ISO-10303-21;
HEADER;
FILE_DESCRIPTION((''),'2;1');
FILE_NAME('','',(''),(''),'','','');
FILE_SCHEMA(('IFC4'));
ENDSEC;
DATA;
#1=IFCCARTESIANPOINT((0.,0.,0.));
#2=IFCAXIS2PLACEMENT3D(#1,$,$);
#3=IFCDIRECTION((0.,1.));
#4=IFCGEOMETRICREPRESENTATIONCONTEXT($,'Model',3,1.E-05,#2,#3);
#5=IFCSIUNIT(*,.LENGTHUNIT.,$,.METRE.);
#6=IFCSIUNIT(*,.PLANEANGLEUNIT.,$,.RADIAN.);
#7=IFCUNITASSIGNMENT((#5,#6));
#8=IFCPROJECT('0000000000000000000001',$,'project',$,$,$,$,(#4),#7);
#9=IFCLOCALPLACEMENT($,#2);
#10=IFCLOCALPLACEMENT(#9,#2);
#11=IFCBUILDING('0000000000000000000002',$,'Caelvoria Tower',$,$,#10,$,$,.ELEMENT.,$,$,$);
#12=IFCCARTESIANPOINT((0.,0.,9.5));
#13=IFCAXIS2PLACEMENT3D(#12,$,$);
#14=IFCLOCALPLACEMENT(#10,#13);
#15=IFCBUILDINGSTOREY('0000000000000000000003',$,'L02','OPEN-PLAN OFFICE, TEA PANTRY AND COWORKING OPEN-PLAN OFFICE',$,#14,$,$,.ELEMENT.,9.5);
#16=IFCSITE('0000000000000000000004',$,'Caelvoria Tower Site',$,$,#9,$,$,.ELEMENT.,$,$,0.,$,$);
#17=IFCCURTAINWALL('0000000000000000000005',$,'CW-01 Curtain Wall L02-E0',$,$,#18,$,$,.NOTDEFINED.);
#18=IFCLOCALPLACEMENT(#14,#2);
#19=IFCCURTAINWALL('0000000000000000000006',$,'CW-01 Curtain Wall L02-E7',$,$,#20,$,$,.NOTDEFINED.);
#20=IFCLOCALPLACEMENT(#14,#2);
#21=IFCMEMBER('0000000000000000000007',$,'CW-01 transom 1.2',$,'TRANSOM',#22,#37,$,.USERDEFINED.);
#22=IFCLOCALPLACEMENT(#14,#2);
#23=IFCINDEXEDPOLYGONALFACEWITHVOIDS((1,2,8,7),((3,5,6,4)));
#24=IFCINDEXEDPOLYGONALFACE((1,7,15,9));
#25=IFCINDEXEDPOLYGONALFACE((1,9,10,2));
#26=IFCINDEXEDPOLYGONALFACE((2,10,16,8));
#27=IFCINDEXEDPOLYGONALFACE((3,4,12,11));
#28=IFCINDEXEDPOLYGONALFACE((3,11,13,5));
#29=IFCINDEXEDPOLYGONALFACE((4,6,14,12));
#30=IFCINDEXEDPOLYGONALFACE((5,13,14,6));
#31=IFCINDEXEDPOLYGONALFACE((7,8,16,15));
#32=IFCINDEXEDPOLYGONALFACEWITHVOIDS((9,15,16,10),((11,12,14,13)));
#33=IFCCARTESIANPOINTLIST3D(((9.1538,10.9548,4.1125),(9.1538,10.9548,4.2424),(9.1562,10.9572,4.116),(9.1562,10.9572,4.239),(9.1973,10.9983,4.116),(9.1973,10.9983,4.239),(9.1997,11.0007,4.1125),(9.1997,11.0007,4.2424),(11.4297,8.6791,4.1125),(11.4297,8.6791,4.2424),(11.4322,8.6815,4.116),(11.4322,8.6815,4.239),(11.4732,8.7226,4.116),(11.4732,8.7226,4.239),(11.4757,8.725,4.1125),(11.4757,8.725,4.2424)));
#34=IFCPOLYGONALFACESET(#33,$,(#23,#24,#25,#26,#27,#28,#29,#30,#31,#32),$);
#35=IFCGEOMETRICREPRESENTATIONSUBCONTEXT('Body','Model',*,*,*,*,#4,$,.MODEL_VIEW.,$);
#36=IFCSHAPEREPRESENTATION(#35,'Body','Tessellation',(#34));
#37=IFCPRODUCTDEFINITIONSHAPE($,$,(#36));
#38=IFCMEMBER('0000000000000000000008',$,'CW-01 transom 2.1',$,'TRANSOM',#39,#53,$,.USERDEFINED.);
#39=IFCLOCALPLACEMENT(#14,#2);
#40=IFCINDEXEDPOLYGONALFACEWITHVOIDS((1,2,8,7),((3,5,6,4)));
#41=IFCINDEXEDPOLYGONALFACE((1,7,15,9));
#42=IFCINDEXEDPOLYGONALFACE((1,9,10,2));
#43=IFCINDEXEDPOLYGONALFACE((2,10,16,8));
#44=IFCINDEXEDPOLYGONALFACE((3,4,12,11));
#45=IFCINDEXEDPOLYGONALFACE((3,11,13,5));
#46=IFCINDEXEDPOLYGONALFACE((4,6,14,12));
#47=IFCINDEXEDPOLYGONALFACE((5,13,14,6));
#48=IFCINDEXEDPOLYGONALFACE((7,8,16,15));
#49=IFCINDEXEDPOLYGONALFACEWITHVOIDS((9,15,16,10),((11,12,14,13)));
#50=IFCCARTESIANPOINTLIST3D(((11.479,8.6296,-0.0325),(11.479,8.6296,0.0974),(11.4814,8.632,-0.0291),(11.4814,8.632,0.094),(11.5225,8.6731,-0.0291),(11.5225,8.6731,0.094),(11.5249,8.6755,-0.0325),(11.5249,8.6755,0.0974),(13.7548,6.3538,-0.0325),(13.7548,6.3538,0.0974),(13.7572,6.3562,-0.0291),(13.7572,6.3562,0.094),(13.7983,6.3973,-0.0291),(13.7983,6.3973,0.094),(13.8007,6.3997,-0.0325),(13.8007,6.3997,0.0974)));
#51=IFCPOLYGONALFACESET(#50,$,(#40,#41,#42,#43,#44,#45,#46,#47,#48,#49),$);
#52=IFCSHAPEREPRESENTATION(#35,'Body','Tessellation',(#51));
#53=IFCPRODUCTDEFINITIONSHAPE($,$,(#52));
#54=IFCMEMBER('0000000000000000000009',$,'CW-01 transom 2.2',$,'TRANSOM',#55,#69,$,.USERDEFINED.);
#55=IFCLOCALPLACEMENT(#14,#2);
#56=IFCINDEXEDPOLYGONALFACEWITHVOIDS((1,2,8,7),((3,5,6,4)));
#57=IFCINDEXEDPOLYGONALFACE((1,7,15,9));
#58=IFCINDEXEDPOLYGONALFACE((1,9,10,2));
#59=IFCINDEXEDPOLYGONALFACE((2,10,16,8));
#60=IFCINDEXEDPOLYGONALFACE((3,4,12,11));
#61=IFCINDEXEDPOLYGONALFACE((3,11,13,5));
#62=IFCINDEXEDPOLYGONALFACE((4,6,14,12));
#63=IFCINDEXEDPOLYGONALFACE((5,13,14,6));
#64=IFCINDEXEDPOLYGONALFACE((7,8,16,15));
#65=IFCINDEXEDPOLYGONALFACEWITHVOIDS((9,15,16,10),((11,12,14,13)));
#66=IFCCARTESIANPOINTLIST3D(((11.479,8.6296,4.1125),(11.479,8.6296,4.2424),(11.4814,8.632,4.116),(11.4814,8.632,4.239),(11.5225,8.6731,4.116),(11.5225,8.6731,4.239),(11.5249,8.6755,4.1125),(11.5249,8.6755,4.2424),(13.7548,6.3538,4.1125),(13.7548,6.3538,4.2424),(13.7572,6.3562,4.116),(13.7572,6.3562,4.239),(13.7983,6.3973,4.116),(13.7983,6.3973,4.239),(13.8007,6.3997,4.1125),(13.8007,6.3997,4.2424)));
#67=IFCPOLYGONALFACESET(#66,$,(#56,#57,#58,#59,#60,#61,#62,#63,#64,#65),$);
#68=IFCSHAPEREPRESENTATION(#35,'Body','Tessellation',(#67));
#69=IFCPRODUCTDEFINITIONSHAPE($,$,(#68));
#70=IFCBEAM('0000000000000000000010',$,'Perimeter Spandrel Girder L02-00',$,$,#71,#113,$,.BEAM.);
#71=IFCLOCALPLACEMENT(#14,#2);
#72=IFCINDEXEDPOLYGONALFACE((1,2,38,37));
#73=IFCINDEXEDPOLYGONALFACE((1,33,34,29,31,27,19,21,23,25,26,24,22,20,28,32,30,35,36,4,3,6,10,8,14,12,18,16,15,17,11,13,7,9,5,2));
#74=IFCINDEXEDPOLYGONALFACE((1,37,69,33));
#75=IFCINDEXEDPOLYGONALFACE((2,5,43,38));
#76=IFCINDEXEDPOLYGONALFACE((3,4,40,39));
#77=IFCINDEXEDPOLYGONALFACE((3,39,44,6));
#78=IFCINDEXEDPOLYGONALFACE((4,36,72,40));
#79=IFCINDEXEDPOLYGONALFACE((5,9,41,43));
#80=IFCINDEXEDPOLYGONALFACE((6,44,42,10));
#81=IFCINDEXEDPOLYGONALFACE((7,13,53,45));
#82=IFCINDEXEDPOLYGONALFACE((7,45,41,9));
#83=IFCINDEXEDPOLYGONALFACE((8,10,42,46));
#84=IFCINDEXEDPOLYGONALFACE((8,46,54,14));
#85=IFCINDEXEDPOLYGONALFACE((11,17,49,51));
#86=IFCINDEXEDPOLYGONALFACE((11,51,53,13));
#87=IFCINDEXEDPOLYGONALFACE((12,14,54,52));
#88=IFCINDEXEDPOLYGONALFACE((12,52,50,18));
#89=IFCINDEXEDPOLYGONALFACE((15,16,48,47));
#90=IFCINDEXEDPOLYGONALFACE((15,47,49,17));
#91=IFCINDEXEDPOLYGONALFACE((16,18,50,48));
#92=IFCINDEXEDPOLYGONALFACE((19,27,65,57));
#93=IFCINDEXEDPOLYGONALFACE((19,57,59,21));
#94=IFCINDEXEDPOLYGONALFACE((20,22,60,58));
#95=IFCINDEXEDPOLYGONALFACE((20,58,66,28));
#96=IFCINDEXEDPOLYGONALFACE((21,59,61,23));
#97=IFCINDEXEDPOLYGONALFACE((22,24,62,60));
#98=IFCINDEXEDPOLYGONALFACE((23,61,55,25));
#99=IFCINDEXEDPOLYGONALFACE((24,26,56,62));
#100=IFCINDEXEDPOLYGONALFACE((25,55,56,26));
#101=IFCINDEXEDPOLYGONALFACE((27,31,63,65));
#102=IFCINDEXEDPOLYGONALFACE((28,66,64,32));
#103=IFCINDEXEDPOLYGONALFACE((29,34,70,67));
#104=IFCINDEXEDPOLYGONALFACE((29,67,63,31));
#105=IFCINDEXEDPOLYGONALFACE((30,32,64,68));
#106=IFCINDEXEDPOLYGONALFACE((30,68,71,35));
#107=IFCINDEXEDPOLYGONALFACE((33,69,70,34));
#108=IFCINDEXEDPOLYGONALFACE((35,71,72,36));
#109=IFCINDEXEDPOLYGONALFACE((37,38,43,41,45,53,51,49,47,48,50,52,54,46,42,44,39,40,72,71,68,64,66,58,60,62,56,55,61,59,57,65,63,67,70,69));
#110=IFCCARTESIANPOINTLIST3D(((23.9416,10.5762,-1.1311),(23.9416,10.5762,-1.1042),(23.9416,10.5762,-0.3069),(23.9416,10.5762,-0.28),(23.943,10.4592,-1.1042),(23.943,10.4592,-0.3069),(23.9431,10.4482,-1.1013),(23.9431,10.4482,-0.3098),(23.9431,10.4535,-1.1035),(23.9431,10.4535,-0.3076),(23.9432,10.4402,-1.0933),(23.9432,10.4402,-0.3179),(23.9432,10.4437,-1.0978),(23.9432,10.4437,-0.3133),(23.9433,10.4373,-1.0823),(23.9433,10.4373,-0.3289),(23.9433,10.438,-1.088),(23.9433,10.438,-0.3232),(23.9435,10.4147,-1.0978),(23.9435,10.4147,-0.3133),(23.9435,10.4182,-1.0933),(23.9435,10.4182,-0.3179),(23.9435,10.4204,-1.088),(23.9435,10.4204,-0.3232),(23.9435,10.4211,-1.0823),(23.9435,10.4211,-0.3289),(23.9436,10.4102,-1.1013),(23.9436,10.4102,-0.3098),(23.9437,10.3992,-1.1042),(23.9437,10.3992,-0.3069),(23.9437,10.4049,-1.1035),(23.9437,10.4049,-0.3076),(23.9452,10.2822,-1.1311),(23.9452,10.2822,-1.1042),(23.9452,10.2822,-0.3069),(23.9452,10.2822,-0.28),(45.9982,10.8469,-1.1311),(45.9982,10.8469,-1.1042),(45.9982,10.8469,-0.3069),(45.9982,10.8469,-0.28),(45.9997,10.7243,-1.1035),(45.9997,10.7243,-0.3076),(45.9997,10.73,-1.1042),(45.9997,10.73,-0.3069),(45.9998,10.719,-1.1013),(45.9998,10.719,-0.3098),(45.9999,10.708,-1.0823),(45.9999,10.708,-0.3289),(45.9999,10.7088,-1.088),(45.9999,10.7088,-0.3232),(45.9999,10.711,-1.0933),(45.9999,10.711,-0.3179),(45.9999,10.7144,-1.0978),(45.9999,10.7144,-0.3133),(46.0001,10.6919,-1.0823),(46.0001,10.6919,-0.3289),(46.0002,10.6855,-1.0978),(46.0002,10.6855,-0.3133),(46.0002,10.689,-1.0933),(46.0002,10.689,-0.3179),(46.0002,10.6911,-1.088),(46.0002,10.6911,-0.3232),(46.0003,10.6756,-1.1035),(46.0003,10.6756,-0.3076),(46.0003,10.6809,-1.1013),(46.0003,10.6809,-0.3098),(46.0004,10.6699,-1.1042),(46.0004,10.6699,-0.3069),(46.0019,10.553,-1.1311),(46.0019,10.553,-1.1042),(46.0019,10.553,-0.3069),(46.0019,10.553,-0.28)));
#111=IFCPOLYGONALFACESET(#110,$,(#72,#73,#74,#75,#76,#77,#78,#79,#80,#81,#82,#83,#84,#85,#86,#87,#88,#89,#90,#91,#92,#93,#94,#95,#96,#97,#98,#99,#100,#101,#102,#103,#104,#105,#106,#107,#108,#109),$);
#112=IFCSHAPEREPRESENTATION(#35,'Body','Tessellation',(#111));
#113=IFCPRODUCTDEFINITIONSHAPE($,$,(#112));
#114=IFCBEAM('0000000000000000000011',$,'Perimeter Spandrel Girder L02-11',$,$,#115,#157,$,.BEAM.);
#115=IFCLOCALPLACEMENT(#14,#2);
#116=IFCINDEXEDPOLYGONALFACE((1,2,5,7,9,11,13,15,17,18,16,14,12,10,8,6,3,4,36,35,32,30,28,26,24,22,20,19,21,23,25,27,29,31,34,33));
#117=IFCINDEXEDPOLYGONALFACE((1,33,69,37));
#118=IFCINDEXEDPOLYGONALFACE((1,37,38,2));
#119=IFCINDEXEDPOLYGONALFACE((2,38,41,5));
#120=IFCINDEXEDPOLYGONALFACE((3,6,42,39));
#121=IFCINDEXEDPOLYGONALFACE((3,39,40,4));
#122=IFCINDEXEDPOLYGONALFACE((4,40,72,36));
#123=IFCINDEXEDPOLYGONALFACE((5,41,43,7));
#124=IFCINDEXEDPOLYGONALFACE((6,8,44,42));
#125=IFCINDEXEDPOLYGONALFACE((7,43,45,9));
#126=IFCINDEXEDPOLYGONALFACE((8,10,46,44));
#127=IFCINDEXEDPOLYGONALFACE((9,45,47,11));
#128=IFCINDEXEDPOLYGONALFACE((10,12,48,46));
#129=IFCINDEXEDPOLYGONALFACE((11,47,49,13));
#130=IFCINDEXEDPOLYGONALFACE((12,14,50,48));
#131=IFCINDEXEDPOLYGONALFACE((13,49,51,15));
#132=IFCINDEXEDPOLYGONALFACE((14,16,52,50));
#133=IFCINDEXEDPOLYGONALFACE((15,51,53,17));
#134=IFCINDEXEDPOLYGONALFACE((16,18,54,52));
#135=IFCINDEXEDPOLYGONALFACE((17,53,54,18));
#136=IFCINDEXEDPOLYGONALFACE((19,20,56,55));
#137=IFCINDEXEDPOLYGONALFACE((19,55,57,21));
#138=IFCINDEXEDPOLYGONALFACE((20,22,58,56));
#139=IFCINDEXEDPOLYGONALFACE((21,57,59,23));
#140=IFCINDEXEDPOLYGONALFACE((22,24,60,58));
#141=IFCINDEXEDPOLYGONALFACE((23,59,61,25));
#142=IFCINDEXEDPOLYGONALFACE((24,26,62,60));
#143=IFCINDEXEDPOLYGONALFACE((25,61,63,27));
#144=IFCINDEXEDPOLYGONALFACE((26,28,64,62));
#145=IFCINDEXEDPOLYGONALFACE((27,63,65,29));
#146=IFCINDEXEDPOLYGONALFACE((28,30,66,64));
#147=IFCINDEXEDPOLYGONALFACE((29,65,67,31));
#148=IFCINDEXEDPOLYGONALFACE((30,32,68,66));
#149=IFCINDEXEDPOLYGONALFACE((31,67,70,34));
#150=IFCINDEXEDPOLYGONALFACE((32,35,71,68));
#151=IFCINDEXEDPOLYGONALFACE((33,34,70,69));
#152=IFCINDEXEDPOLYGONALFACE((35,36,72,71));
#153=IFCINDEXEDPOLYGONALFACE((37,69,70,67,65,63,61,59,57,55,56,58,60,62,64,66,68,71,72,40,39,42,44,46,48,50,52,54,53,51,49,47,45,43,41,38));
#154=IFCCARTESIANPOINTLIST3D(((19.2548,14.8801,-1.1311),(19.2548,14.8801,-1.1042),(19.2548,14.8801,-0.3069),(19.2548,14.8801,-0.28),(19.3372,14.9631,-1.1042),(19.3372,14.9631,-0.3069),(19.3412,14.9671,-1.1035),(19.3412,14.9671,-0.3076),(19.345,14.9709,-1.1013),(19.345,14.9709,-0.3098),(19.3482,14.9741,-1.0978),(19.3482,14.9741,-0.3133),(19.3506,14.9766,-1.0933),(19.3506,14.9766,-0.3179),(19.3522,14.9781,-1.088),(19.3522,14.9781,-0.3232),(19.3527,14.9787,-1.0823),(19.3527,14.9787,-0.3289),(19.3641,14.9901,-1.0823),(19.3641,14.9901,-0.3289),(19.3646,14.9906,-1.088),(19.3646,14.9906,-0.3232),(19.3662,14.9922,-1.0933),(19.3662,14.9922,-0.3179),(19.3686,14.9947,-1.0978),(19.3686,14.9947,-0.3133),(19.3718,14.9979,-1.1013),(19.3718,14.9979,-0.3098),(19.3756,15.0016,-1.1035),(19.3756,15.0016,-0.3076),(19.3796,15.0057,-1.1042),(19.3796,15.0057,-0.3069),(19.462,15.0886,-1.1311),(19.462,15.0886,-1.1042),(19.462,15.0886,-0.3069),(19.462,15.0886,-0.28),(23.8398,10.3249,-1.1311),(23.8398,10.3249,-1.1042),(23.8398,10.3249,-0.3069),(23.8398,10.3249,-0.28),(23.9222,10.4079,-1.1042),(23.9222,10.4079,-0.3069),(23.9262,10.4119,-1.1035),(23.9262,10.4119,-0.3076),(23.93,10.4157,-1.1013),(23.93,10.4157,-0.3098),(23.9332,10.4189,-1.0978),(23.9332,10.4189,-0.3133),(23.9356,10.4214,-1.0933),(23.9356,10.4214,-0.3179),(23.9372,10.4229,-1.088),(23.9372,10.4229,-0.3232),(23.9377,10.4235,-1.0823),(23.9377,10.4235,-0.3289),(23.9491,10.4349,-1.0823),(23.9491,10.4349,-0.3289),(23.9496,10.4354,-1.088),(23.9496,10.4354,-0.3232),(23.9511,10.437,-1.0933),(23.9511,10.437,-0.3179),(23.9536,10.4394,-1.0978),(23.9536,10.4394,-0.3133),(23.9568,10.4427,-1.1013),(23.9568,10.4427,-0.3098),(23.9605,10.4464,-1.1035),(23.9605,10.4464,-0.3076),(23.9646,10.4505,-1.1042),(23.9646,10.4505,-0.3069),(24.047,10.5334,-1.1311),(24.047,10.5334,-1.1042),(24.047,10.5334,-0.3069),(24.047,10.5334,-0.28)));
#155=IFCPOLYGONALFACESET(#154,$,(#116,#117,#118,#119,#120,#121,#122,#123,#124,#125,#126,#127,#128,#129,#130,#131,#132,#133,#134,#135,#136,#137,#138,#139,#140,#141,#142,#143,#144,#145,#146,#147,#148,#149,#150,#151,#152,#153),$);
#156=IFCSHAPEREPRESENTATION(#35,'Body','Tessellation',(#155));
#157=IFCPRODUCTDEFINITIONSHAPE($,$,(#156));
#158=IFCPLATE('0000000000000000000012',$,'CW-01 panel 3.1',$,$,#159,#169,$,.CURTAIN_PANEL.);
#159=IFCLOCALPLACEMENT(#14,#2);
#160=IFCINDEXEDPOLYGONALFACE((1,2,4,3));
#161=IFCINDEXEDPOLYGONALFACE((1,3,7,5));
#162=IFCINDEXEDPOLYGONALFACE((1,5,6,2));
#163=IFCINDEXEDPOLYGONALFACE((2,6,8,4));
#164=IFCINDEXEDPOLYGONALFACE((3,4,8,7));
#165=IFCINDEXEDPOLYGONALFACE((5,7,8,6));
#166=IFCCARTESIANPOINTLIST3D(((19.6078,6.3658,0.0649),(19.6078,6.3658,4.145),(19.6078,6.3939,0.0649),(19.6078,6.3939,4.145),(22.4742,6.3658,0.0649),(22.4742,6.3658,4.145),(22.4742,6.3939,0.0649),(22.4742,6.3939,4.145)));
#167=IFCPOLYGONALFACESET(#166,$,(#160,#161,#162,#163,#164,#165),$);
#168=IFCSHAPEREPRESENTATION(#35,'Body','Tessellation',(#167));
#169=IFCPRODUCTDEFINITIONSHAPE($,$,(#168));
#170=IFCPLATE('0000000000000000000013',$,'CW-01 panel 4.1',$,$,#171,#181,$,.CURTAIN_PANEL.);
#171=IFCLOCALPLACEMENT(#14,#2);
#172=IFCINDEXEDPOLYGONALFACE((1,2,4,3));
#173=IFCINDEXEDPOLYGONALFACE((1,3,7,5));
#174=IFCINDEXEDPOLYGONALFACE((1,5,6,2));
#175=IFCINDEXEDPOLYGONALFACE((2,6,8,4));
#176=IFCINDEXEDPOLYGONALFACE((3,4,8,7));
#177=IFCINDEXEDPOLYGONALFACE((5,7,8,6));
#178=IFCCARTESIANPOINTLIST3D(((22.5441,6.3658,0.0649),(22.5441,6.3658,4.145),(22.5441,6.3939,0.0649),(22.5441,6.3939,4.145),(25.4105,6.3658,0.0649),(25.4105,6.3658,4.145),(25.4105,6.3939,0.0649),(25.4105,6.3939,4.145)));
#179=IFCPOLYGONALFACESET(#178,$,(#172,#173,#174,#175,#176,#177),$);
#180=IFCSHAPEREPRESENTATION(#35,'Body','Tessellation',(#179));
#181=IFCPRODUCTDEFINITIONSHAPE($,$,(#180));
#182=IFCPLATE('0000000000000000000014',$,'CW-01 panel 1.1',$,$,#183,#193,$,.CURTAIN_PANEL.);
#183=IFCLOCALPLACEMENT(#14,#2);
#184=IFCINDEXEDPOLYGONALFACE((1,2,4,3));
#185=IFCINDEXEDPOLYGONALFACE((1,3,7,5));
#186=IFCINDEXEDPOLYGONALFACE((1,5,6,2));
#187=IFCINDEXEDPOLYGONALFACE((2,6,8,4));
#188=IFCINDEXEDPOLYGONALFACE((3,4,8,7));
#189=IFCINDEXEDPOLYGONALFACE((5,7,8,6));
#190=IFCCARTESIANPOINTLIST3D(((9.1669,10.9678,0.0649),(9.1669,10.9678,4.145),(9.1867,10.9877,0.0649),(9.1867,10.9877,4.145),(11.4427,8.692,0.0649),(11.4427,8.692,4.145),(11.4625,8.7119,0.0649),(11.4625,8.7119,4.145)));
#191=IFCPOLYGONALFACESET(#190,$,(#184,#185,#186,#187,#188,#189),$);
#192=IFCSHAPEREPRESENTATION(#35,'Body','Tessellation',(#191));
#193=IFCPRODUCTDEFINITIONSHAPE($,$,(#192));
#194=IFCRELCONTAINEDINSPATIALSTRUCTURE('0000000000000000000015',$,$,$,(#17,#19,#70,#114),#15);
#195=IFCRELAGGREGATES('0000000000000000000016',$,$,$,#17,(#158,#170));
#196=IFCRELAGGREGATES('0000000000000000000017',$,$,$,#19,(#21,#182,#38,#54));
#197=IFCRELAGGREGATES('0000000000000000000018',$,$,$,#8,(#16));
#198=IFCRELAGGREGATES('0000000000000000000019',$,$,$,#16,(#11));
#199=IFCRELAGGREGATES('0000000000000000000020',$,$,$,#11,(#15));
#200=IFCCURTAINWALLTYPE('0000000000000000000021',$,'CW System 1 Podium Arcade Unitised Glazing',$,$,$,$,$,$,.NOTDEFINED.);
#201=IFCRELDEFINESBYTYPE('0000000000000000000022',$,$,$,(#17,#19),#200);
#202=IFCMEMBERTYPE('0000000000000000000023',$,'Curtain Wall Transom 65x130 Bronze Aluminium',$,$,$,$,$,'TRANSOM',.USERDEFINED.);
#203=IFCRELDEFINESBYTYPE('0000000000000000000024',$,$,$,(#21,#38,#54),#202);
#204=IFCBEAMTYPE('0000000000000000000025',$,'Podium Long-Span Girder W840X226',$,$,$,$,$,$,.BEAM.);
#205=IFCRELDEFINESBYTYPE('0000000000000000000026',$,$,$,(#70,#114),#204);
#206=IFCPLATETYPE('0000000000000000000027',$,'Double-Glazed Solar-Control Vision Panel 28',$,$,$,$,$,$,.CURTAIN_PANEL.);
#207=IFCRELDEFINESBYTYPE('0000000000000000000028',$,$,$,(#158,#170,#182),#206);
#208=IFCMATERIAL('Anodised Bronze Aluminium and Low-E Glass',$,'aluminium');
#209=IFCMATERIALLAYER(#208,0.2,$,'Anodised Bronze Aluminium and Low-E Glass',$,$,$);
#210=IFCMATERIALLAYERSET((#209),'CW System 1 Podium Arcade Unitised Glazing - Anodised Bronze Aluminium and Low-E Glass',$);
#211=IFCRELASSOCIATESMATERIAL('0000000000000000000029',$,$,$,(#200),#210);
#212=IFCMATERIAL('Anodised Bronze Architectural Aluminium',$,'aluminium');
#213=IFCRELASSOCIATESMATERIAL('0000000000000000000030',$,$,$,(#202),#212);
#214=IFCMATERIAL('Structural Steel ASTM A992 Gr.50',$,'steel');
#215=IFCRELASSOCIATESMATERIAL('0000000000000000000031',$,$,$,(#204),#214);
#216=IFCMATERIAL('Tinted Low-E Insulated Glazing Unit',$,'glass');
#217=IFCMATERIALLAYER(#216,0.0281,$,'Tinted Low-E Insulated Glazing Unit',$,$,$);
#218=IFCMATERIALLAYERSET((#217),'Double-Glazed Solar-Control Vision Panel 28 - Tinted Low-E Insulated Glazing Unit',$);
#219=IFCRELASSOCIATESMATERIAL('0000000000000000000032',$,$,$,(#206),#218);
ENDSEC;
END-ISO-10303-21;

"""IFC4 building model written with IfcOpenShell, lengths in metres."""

from ifc_helpers import new_model, si_unit, direction, frame, origin, origin_2d, place, context, subcontext, project, spatial, rectangle, hollow_rectangle, i_section, extrude, material, layer, layer_set, material_profile, profile_set, type_object, element, aggregate, save


model = new_model("IFC4")

# Units and contexts
model_context = context("Model", 3, precision=1e-05, world=origin(), true_north=direction((0.0, 1.0)))
body_context = subcontext(model_context, "Body", "Model", "MODEL_VIEW")
ifc_project = project(units=[si_unit("LENGTHUNIT", "METRE"), si_unit("PLANEANGLEUNIT", "RADIAN")], contexts=[model_context])

# Site, building, storey
site_placement = place(None, origin())
site = spatial("IfcSite", under=ifc_project, at=site_placement, Name="Caelvoria Tower Site", CompositionType="ELEMENT", RefElevation=0.0)
building_placement = place(site_placement, origin())
building = spatial("IfcBuilding", under=site, at=building_placement, Name="Caelvoria Tower", CompositionType="ELEMENT")
storey_placement = place(building_placement, frame((0.0, 0.0, 9.5)))
storey = spatial("IfcBuildingStorey", under=building, at=storey_placement, Name="L02", Description="OPEN-PLAN OFFICE, TEA PANTRY AND COWORKING OPEN-PLAN OFFICE", CompositionType="ELEMENT", Elevation=9.5)

# Curtain walls
ifc_material_1 = material(Name="Anodised Bronze Aluminium and Low-E Glass", Category="aluminium")
ifc_layer_1 = layer(ifc_material_1, 0.2, Name="Anodised Bronze Aluminium and Low-E Glass")
ifc_layer_set_1 = layer_set([ifc_layer_1], Name="CW System 1 Podium Arcade Unitised Glazing - Anodised Bronze Aluminium and Low-E Glass")
curtain_wall_type = type_object("IfcCurtainWallType", Name="CW System 1 Podium Arcade Unitised Glazing", PredefinedType="NOTDEFINED", material=ifc_layer_set_1)
curtain_wall_1_placement = place(storey_placement, origin())
curtain_wall_1 = element("IfcCurtainWall", 1, at=curtain_wall_1_placement, inside=storey, type_object=curtain_wall_type, Name="CW-01 Curtain Wall L02-E0", PredefinedType="NOTDEFINED")
ifc_material_2 = material(Name="Anodised Bronze Architectural Aluminium", Category="aluminium")
curtain_wall_2_placement = place(storey_placement, origin())
curtain_wall_2 = element("IfcCurtainWall", 2, at=curtain_wall_2_placement, inside=storey, type_object=curtain_wall_type, Name="CW-01 Curtain Wall L02-E7", PredefinedType="NOTDEFINED")

# Members
ifc_material_profile_1 = material_profile(ifc_material_2, hollow_rectangle(XDim=0.0649, YDim=0.1299, WallThickness=0.0034, at=origin_2d()), Name="Anodised Bronze Architectural Aluminium")
ifc_profile_set_1 = profile_set([ifc_material_profile_1], Name="CW_TRAN_65X130 - Anodised Bronze Architectural Aluminium")
member_type_1 = type_object("IfcMemberType", Name="Curtain Wall Transom 65x130 Bronze Aluminium", ElementType="TRANSOM", PredefinedType="USERDEFINED", material=ifc_profile_set_1)
member_1_placement = place(storey_placement, frame((9.1768, 10.9778, 4.1775), z_axis=(0.707145, -0.707069, 0.0), x_axis=(0.707069, 0.707145, 0.0)))
member_1 = element("IfcMember", 3, at=member_1_placement, type_object=member_type_1, Name="CW-01 transom 1.2", ObjectType="TRANSOM", PredefinedType="USERDEFINED", context=body_context, shape_type="SweptSolid", body=[
    extrude(hollow_rectangle(XDim=0.0649, YDim=0.1299, WallThickness=0.0034, at=origin_2d()), origin(), (0.0, 0.0, 1.0), 3.2185),
])
member_2_placement = place(storey_placement, frame((11.502, 8.6526, 0.0325), z_axis=(0.707107, -0.707107, 0.0), x_axis=(0.707107, 0.707107, 0.0)))
member_2 = element("IfcMember", 4, at=member_2_placement, type_object=member_type_1, Name="CW-01 transom 2.1", ObjectType="TRANSOM", PredefinedType="USERDEFINED", context=body_context, shape_type="SweptSolid", body=[
    extrude(hollow_rectangle(XDim=0.0649, YDim=0.1299, WallThickness=0.0034, at=origin_2d()), origin(), (0.0, 0.0, 1.0), 3.2185),
])
member_3_placement = place(storey_placement, frame((11.502, 8.6526, 4.1775), z_axis=(0.707107, -0.707107, 0.0), x_axis=(0.707107, 0.707107, 0.0)))
member_3 = element("IfcMember", 5, at=member_3_placement, type_object=member_type_1, Name="CW-01 transom 2.2", ObjectType="TRANSOM", PredefinedType="USERDEFINED", context=body_context, shape_type="SweptSolid", body=[
    extrude(hollow_rectangle(XDim=0.0649, YDim=0.1299, WallThickness=0.0034, at=origin_2d()), origin(), (0.0, 0.0, 1.0), 3.2185),
])

# Beams
ifc_material_3 = material(Name="Structural Steel ASTM A992 Gr.50", Category="steel")
ifc_material_profile_2 = material_profile(ifc_material_3, i_section(OverallWidth=0.2939, OverallDepth=0.8511, WebThickness=0.0161, FlangeThickness=0.0269, FilletRadius=0.022, at=origin_2d()), Name="Structural Steel ASTM A992 Gr.50")
ifc_profile_set_2 = profile_set([ifc_material_profile_2], Name="W840X226 - Structural Steel ASTM A992 Gr.50")
beam_type = type_object("IfcBeamType", Name="Podium Long-Span Girder W840X226", PredefinedType="BEAM", material=ifc_profile_set_2)
beam_1_placement = place(storey_placement, frame((23.9434, 10.4292, -0.7056), z_axis=(0.999925, 0.012274, 0.0), x_axis=(-0.012274, 0.999925, 0.0)))
element("IfcBeam", 6, at=beam_1_placement, inside=storey, type_object=beam_type, Name="Perimeter Spandrel Girder L02-00", PredefinedType="BEAM", context=body_context, shape_type="SweptSolid", body=[
    extrude(i_section(OverallWidth=0.2939, OverallDepth=0.8511, WebThickness=0.0161, FlangeThickness=0.0269, FilletRadius=0.022, at=origin_2d()), origin(), (0.0, 0.0, 1.0), 22.0583),
])
beam_2_placement = place(storey_placement, frame((19.3584, 14.9844, -0.7056), z_axis=(0.709407, -0.704799, 0.0), x_axis=(0.704799, 0.709407, 0.0)))
element("IfcBeam", 7, at=beam_2_placement, inside=storey, type_object=beam_type, Name="Perimeter Spandrel Girder L02-11", PredefinedType="BEAM", context=body_context, shape_type="SweptSolid", body=[
    extrude(i_section(OverallWidth=0.2939, OverallDepth=0.8511, WebThickness=0.0161, FlangeThickness=0.0269, FilletRadius=0.022, at=origin_2d()), origin(), (0.0, 0.0, 1.0), 6.4631),
])

# Plates
ifc_material_4 = material(Name="Tinted Low-E Insulated Glazing Unit", Category="glass")
ifc_layer_2 = layer(ifc_material_4, 0.0281, Name="Tinted Low-E Insulated Glazing Unit")
ifc_layer_set_2 = layer_set([ifc_layer_2], Name="Double-Glazed Solar-Control Vision Panel 28 - Tinted Low-E Insulated Glazing Unit")
plate_type = type_object("IfcPlateType", Name="Double-Glazed Solar-Control Vision Panel 28", PredefinedType="CURTAIN_PANEL", material=ifc_layer_set_2)
plate_1_placement = place(storey_placement, frame((21.041, 6.3799, 0.0649), z_axis=(0.0, 0.0, 1.0), x_axis=(1.0, 0.0, 0.0)))
plate_1 = element("IfcPlate", 8, at=plate_1_placement, type_object=plate_type, Name="CW-01 panel 3.1", PredefinedType="CURTAIN_PANEL", context=body_context, shape_type="SweptSolid", body=[
    extrude(rectangle(XDim=2.8665, YDim=0.0281, at=origin_2d()), origin(), (0.0, 0.0, 1.0), 4.0801),
])
plate_2_placement = place(storey_placement, frame((23.9773, 6.3799, 0.0649), z_axis=(0.0, 0.0, 1.0), x_axis=(1.0, 0.0, 0.0)))
plate_2 = element("IfcPlate", 9, at=plate_2_placement, type_object=plate_type, Name="CW-01 panel 4.1", PredefinedType="CURTAIN_PANEL", context=body_context, shape_type="SweptSolid", body=[
    extrude(rectangle(XDim=2.8665, YDim=0.0281, at=origin_2d()), origin(), (0.0, 0.0, 1.0), 4.0801),
])
aggregate(curtain_wall_1, [plate_1, plate_2])
plate_3_placement = place(storey_placement, frame((10.3147, 9.8398, 0.0649), z_axis=(0.0, 0.0, 1.0), x_axis=(0.707107, -0.707107, 0.0)))
plate_3 = element("IfcPlate", 10, at=plate_3_placement, type_object=plate_type, Name="CW-01 panel 1.1", PredefinedType="CURTAIN_PANEL", context=body_context, shape_type="SweptSolid", body=[
    extrude(rectangle(XDim=3.2185, YDim=0.0281, at=origin_2d()), origin(), (0.0, 0.0, 1.0), 4.0801),
])
aggregate(curtain_wall_2, [member_1, plate_3, member_2, member_3])

save(model, "model.ifc")
